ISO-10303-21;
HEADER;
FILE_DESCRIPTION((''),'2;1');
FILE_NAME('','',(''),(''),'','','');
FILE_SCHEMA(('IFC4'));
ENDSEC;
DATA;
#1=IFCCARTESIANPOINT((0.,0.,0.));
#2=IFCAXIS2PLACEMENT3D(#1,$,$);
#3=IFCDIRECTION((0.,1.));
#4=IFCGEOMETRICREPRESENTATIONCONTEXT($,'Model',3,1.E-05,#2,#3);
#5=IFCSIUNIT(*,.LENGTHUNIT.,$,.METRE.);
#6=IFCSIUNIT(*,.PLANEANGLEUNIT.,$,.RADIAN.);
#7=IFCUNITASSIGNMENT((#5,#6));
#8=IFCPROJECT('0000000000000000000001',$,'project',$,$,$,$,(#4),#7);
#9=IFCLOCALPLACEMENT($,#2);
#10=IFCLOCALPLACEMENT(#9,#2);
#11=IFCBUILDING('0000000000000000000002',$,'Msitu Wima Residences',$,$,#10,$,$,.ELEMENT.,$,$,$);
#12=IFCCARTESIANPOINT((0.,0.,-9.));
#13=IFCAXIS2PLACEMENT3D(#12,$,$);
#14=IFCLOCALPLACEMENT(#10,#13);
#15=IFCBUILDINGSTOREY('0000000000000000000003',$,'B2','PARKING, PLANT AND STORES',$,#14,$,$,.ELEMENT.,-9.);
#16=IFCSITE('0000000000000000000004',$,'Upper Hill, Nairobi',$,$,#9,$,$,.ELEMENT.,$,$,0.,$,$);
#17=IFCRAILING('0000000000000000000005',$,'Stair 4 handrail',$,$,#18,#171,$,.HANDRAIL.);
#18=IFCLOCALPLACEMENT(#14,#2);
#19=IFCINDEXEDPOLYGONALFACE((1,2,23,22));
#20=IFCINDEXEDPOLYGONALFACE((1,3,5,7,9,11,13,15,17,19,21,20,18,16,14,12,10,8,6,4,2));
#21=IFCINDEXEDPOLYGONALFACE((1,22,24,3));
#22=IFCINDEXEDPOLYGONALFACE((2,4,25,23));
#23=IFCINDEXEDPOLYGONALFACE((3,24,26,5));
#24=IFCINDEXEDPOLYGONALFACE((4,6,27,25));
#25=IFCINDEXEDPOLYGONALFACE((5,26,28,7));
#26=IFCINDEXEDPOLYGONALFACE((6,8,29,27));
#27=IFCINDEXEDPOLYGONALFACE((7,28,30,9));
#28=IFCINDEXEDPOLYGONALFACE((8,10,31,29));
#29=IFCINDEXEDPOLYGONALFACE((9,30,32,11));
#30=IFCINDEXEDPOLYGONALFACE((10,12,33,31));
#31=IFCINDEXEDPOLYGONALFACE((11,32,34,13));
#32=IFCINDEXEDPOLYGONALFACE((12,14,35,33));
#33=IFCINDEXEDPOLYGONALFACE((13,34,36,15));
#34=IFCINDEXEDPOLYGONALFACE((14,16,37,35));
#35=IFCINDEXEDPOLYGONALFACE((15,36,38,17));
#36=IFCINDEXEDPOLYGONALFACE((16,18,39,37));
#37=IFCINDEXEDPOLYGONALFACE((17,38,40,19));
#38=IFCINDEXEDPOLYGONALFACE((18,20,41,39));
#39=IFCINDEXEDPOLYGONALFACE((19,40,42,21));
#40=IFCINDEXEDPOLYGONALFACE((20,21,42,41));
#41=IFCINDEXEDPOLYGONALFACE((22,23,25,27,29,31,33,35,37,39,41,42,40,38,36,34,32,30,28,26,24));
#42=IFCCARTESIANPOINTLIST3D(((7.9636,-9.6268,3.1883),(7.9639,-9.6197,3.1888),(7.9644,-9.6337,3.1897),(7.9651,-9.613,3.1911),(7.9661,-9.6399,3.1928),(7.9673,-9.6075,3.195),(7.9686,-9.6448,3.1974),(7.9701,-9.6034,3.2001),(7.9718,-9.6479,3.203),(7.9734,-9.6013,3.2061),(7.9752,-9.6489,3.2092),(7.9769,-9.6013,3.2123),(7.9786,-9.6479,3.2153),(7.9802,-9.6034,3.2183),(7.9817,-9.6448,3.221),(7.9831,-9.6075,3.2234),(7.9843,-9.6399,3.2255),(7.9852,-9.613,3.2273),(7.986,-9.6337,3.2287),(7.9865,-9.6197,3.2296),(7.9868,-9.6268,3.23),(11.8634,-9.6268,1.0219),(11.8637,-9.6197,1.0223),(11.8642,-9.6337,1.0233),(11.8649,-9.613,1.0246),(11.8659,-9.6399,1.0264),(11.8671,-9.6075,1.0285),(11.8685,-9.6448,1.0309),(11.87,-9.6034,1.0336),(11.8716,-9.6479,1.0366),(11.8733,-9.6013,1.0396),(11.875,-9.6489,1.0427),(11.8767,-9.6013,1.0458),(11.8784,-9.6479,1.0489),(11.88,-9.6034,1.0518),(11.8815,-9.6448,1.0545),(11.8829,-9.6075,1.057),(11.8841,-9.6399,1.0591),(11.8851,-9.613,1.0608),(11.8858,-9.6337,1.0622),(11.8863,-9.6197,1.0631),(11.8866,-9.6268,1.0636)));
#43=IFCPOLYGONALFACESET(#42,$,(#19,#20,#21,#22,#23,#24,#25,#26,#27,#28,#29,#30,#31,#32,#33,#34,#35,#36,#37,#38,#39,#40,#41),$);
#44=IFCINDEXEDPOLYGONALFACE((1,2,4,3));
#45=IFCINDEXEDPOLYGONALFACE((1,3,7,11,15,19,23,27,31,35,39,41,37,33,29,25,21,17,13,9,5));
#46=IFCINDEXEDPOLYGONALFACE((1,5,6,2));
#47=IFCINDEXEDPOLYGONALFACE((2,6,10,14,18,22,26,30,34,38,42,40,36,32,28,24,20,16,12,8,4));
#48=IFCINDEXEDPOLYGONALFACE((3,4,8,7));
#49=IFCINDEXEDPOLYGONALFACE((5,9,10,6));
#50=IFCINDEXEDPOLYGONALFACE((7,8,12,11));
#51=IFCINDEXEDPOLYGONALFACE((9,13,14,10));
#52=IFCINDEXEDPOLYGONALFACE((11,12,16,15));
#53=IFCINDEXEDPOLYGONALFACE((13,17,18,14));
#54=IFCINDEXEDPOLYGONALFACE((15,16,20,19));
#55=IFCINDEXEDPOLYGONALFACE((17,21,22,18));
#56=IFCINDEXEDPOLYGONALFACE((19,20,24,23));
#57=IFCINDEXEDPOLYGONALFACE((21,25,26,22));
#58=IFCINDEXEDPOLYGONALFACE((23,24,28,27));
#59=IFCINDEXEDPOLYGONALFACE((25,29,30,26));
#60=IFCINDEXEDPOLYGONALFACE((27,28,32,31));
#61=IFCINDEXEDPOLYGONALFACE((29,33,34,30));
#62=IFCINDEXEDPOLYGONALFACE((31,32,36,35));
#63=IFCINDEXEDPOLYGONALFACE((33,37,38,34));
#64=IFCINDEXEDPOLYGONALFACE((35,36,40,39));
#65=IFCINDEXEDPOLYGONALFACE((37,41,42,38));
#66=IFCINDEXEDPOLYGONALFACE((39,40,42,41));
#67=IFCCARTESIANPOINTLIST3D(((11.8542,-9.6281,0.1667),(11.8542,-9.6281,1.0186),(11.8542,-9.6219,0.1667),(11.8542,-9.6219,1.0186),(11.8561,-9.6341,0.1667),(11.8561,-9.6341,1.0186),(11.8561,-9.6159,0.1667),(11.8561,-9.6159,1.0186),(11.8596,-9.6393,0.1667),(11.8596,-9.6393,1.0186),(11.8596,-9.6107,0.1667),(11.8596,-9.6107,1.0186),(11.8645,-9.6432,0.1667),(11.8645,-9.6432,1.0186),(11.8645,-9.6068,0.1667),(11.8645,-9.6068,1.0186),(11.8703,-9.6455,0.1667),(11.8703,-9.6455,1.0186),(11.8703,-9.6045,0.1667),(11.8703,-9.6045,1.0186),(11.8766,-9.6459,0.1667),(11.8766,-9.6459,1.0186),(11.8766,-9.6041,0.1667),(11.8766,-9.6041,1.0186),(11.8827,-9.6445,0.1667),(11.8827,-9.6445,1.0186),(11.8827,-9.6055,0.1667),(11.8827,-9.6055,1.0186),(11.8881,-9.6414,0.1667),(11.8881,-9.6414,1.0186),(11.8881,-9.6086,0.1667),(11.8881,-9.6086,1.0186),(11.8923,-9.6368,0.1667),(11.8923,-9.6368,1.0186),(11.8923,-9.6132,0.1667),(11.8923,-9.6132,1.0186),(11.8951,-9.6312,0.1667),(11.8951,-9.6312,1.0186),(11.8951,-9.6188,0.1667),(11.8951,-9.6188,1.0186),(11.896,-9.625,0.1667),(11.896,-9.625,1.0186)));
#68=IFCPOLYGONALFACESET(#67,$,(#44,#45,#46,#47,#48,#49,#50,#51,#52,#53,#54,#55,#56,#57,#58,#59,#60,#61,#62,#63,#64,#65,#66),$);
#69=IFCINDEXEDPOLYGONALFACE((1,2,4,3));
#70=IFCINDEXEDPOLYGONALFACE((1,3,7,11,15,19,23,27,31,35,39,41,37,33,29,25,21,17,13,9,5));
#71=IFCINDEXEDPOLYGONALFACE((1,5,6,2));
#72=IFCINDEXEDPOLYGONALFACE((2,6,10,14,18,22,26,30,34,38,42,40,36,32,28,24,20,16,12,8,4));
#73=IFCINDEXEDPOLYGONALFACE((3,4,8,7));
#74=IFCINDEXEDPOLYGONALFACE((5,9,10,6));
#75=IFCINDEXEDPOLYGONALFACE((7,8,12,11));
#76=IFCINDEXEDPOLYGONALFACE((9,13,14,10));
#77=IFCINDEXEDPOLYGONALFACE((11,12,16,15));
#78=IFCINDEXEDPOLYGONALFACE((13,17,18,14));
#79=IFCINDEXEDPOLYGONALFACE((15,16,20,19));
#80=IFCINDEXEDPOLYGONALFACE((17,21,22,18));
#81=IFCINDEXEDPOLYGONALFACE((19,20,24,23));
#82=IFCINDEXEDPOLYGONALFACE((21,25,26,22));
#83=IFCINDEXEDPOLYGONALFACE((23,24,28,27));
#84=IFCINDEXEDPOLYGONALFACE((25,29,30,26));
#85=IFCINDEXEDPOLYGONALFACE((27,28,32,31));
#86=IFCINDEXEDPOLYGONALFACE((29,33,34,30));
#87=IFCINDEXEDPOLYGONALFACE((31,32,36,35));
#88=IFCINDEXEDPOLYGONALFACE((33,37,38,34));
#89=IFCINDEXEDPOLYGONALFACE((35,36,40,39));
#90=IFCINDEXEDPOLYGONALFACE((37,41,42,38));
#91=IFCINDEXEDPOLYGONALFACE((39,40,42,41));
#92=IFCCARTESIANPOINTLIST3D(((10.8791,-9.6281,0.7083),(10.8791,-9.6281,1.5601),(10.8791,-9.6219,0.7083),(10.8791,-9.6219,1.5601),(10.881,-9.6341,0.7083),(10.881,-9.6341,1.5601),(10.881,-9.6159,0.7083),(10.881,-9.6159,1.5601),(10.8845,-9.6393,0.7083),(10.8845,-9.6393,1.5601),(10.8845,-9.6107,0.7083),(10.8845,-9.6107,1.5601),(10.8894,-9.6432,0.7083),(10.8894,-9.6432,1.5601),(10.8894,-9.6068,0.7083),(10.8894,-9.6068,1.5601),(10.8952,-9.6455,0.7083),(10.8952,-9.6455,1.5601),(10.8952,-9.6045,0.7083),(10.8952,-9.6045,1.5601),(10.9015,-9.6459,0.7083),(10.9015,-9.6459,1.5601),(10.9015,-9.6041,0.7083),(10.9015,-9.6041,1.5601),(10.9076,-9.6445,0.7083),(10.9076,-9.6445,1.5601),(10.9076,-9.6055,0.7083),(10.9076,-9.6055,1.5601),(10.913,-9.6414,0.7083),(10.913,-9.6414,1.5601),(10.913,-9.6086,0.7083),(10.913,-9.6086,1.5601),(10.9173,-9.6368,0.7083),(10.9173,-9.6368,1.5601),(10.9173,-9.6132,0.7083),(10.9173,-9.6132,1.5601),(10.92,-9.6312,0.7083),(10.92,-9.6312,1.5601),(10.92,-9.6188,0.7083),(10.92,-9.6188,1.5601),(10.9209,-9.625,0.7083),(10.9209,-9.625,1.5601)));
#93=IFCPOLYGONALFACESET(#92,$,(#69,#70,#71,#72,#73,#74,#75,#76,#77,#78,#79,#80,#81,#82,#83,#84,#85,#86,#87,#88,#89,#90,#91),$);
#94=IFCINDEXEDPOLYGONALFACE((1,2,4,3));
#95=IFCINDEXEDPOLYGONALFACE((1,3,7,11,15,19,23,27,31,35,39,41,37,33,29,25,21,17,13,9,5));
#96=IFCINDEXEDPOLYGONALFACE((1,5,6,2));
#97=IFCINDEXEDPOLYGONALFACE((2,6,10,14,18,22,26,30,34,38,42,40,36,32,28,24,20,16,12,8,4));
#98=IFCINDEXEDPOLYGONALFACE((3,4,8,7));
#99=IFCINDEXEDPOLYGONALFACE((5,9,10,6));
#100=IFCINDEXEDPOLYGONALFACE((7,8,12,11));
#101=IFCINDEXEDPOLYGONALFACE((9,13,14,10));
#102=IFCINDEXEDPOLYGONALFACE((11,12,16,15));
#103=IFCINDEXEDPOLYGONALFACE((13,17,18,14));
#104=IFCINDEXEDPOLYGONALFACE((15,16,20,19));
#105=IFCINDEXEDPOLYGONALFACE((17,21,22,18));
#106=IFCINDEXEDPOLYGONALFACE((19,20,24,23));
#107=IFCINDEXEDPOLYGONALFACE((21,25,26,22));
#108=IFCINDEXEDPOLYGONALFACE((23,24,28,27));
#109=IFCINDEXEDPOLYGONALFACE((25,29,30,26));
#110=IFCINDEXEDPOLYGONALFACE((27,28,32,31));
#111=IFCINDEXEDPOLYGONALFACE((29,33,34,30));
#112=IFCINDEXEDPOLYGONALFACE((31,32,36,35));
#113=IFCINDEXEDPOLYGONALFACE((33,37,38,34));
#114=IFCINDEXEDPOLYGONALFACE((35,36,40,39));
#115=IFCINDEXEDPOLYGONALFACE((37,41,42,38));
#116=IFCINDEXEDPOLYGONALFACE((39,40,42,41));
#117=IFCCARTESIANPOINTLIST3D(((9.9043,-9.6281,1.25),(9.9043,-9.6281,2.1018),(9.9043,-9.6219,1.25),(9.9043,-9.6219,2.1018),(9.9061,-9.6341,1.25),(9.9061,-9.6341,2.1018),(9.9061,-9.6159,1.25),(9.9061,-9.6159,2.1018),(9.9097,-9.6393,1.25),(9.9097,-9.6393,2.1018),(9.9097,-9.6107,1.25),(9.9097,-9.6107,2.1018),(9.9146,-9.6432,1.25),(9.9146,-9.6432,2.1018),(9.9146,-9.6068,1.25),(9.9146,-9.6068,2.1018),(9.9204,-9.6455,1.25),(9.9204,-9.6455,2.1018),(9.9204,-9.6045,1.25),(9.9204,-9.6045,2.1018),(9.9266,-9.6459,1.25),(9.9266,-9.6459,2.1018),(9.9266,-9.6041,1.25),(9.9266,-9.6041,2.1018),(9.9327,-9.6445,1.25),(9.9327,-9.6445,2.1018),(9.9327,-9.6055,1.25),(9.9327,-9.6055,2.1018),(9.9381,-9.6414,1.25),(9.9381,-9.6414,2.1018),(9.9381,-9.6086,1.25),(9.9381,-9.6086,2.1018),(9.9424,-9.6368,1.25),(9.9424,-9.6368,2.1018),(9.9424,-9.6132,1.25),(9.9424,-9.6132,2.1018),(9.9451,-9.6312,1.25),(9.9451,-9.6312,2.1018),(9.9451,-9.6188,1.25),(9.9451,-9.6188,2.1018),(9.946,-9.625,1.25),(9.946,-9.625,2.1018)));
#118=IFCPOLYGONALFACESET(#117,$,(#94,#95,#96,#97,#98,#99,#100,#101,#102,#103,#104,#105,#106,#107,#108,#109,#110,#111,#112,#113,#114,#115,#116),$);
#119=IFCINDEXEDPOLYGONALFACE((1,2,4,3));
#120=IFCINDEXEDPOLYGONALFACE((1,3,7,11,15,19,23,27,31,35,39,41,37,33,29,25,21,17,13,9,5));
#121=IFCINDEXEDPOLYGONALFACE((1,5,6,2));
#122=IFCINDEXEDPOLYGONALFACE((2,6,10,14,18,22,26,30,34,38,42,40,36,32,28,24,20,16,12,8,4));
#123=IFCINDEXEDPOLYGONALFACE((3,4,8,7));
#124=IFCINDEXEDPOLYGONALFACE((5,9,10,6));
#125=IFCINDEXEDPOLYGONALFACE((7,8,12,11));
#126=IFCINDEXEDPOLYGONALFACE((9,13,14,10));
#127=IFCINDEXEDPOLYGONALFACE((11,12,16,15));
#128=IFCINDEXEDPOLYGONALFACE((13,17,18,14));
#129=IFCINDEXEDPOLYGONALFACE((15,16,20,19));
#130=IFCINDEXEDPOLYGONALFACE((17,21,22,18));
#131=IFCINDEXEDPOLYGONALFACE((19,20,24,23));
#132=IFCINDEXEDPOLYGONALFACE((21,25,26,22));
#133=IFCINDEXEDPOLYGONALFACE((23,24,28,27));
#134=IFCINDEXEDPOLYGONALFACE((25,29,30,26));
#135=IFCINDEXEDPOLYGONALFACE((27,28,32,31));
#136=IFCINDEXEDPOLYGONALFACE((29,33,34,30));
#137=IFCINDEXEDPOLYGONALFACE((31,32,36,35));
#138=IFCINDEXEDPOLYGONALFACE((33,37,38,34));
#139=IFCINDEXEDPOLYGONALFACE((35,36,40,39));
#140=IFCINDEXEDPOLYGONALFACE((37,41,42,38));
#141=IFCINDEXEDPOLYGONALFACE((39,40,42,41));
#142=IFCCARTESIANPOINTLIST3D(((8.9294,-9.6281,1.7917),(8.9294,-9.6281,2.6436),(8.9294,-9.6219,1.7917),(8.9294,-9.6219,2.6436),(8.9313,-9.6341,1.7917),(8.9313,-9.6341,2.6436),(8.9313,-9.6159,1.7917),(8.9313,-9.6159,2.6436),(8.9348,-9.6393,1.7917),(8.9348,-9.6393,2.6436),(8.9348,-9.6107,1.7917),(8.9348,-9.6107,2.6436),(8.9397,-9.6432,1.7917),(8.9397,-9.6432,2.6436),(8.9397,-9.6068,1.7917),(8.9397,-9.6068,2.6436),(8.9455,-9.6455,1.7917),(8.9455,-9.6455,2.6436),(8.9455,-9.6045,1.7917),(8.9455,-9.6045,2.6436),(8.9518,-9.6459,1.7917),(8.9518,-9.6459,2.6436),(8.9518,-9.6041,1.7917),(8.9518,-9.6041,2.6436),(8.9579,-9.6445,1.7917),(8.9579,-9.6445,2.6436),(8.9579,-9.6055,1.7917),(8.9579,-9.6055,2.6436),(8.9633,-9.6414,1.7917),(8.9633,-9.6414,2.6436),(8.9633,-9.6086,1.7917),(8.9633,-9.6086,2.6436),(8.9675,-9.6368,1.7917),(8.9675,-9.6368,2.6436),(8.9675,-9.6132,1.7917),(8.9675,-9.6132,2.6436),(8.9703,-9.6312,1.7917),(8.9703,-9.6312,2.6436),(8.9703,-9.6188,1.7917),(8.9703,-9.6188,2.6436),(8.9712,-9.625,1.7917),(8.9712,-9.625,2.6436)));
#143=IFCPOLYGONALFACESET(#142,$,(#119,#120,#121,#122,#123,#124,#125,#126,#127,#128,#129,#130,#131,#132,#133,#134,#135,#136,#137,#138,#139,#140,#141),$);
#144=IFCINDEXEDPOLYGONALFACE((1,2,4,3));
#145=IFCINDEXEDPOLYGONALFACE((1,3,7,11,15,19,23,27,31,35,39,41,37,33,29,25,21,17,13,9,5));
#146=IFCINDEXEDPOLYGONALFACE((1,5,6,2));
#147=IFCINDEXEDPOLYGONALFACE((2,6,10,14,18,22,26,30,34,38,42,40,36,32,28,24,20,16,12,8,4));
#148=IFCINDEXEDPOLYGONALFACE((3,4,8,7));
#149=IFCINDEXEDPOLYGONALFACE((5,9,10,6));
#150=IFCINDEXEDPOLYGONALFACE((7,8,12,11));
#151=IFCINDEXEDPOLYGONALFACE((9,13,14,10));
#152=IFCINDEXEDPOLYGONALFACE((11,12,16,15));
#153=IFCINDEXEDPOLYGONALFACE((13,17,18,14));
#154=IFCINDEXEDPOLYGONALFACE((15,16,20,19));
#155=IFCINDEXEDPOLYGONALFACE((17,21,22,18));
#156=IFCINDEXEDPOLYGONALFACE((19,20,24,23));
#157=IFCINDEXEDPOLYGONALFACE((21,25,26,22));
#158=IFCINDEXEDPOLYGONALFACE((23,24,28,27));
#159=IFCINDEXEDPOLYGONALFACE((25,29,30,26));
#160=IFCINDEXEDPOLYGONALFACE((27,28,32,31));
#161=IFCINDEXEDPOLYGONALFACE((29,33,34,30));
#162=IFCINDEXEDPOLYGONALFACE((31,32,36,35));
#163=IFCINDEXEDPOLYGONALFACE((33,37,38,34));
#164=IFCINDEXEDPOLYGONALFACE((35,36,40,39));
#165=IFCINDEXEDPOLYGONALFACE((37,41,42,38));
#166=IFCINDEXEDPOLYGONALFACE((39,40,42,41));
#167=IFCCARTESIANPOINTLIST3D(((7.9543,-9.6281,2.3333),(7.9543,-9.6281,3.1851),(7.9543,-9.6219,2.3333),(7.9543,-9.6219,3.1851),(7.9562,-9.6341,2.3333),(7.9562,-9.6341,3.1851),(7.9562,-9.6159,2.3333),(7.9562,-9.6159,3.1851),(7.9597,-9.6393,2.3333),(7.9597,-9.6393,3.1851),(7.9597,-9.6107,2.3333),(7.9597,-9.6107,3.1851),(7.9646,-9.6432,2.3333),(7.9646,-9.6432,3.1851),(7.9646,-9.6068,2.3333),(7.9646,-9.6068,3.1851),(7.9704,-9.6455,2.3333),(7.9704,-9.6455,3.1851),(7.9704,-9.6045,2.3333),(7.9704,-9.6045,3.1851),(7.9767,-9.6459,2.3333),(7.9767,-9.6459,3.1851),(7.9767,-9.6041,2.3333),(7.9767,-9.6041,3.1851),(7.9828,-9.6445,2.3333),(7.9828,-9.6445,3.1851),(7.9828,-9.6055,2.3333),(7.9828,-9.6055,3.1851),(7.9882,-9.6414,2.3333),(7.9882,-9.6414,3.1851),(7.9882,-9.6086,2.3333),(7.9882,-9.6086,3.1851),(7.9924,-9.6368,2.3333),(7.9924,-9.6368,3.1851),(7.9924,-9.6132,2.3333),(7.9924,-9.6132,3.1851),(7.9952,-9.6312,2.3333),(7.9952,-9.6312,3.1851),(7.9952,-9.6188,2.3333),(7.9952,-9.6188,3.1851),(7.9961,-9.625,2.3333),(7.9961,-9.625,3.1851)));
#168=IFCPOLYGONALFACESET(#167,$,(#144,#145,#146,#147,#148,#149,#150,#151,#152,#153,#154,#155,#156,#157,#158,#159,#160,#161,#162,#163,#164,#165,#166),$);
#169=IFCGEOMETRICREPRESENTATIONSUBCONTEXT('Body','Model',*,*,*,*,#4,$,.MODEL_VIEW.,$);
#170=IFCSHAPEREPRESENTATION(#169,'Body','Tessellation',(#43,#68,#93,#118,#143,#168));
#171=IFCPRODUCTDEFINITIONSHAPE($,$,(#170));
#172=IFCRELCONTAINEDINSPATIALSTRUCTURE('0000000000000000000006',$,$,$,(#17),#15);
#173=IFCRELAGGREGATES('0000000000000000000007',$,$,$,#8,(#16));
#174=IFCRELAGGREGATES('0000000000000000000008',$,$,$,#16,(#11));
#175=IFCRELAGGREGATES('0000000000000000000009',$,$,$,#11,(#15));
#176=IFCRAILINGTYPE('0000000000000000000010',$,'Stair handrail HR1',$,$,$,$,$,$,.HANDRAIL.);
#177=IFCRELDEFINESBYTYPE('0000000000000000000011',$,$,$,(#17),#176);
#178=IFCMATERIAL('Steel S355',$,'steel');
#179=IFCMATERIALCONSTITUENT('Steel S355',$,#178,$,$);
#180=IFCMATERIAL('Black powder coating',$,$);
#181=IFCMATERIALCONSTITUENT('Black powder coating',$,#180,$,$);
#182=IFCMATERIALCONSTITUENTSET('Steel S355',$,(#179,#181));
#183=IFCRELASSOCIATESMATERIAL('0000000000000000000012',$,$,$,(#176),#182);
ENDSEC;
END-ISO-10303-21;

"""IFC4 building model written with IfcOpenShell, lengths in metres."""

from ifc_helpers import new_model, si_unit, direction, frame, origin, origin_2d, place, context, subcontext, project, spatial, circle, extrude, material, constituent, constituent_set, type_object, element, save


model = new_model("IFC4")

# Units and contexts
model_context = context("Model", 3, precision=1e-05, world=origin(), true_north=direction((0.0, 1.0)))
body_context = subcontext(model_context, "Body", "Model", "MODEL_VIEW")
ifc_project = project(units=[si_unit("LENGTHUNIT", "METRE"), si_unit("PLANEANGLEUNIT", "RADIAN")], contexts=[model_context])

# Site, building, storey
site_placement = place(None, origin())
site = spatial("IfcSite", under=ifc_project, at=site_placement, Name="Upper Hill, Nairobi", CompositionType="ELEMENT", RefElevation=0.0)
building_placement = place(site_placement, origin())
building = spatial("IfcBuilding", under=site, at=building_placement, Name="Msitu Wima Residences", CompositionType="ELEMENT")
storey_placement = place(building_placement, frame((0.0, 0.0, -9.0)))
storey = spatial("IfcBuildingStorey", under=building, at=storey_placement, Name="B2", Description="PARKING, PLANT AND STORES", CompositionType="ELEMENT", Elevation=-9.0)

# Railing
ifc_material_1 = material(Name="Steel S355", Category="steel")
ifc_constituent_1 = constituent(ifc_material_1, Name="Steel S355")
ifc_material_2 = material(Name="Black powder coating")
ifc_constituent_2 = constituent(ifc_material_2, Name="Black powder coating")
ifc_constituent_set = constituent_set(constituents=[ifc_constituent_1, ifc_constituent_2], Name="Steel S355")
railing_type = type_object("IfcRailingType", Name="Stair handrail HR1", PredefinedType="HANDRAIL", material=ifc_constituent_set)
for number, where, name in (
    (1, (11.875, -9.625, 0.1667), "Stair 4 handrail"),
):
    element("IfcRailing", number, at=place(storey_placement, frame(where)), inside=storey, type_object=railing_type, Name=name, PredefinedType="HANDRAIL", context=body_context, shape_type="SweptSolid", body=[
        extrude(circle(Radius=0.0239, at=origin_2d()), frame((0.0, 0.0, 0.876), z_axis=(-0.874168, 0.0, 0.485624), x_axis=(0.0, -1.0, 0.0)), (0.0, 0.0, 1.0), 4.4612),
        extrude(circle(Radius=0.021, at=origin_2d()), origin(), (0.0, 0.0, 1.0), 0.8518),
        extrude(circle(Radius=0.021, at=origin_2d()), frame((-0.9751, 0.0, 0.5415)), (0.0, 0.0, 1.0), 0.8518),
        extrude(circle(Radius=0.021, at=origin_2d()), frame((-1.95, 0.0, 1.0833)), (0.0, 0.0, 1.0), 0.8518),
        extrude(circle(Radius=0.021, at=origin_2d()), frame((-2.9248, 0.0, 1.625)), (0.0, 0.0, 1.0), 0.8518),
        extrude(circle(Radius=0.021, at=origin_2d()), frame((-3.8999, 0.0, 2.1665)), (0.0, 0.0, 1.0), 0.8518),
    ])

save(model, "model.ifc")
